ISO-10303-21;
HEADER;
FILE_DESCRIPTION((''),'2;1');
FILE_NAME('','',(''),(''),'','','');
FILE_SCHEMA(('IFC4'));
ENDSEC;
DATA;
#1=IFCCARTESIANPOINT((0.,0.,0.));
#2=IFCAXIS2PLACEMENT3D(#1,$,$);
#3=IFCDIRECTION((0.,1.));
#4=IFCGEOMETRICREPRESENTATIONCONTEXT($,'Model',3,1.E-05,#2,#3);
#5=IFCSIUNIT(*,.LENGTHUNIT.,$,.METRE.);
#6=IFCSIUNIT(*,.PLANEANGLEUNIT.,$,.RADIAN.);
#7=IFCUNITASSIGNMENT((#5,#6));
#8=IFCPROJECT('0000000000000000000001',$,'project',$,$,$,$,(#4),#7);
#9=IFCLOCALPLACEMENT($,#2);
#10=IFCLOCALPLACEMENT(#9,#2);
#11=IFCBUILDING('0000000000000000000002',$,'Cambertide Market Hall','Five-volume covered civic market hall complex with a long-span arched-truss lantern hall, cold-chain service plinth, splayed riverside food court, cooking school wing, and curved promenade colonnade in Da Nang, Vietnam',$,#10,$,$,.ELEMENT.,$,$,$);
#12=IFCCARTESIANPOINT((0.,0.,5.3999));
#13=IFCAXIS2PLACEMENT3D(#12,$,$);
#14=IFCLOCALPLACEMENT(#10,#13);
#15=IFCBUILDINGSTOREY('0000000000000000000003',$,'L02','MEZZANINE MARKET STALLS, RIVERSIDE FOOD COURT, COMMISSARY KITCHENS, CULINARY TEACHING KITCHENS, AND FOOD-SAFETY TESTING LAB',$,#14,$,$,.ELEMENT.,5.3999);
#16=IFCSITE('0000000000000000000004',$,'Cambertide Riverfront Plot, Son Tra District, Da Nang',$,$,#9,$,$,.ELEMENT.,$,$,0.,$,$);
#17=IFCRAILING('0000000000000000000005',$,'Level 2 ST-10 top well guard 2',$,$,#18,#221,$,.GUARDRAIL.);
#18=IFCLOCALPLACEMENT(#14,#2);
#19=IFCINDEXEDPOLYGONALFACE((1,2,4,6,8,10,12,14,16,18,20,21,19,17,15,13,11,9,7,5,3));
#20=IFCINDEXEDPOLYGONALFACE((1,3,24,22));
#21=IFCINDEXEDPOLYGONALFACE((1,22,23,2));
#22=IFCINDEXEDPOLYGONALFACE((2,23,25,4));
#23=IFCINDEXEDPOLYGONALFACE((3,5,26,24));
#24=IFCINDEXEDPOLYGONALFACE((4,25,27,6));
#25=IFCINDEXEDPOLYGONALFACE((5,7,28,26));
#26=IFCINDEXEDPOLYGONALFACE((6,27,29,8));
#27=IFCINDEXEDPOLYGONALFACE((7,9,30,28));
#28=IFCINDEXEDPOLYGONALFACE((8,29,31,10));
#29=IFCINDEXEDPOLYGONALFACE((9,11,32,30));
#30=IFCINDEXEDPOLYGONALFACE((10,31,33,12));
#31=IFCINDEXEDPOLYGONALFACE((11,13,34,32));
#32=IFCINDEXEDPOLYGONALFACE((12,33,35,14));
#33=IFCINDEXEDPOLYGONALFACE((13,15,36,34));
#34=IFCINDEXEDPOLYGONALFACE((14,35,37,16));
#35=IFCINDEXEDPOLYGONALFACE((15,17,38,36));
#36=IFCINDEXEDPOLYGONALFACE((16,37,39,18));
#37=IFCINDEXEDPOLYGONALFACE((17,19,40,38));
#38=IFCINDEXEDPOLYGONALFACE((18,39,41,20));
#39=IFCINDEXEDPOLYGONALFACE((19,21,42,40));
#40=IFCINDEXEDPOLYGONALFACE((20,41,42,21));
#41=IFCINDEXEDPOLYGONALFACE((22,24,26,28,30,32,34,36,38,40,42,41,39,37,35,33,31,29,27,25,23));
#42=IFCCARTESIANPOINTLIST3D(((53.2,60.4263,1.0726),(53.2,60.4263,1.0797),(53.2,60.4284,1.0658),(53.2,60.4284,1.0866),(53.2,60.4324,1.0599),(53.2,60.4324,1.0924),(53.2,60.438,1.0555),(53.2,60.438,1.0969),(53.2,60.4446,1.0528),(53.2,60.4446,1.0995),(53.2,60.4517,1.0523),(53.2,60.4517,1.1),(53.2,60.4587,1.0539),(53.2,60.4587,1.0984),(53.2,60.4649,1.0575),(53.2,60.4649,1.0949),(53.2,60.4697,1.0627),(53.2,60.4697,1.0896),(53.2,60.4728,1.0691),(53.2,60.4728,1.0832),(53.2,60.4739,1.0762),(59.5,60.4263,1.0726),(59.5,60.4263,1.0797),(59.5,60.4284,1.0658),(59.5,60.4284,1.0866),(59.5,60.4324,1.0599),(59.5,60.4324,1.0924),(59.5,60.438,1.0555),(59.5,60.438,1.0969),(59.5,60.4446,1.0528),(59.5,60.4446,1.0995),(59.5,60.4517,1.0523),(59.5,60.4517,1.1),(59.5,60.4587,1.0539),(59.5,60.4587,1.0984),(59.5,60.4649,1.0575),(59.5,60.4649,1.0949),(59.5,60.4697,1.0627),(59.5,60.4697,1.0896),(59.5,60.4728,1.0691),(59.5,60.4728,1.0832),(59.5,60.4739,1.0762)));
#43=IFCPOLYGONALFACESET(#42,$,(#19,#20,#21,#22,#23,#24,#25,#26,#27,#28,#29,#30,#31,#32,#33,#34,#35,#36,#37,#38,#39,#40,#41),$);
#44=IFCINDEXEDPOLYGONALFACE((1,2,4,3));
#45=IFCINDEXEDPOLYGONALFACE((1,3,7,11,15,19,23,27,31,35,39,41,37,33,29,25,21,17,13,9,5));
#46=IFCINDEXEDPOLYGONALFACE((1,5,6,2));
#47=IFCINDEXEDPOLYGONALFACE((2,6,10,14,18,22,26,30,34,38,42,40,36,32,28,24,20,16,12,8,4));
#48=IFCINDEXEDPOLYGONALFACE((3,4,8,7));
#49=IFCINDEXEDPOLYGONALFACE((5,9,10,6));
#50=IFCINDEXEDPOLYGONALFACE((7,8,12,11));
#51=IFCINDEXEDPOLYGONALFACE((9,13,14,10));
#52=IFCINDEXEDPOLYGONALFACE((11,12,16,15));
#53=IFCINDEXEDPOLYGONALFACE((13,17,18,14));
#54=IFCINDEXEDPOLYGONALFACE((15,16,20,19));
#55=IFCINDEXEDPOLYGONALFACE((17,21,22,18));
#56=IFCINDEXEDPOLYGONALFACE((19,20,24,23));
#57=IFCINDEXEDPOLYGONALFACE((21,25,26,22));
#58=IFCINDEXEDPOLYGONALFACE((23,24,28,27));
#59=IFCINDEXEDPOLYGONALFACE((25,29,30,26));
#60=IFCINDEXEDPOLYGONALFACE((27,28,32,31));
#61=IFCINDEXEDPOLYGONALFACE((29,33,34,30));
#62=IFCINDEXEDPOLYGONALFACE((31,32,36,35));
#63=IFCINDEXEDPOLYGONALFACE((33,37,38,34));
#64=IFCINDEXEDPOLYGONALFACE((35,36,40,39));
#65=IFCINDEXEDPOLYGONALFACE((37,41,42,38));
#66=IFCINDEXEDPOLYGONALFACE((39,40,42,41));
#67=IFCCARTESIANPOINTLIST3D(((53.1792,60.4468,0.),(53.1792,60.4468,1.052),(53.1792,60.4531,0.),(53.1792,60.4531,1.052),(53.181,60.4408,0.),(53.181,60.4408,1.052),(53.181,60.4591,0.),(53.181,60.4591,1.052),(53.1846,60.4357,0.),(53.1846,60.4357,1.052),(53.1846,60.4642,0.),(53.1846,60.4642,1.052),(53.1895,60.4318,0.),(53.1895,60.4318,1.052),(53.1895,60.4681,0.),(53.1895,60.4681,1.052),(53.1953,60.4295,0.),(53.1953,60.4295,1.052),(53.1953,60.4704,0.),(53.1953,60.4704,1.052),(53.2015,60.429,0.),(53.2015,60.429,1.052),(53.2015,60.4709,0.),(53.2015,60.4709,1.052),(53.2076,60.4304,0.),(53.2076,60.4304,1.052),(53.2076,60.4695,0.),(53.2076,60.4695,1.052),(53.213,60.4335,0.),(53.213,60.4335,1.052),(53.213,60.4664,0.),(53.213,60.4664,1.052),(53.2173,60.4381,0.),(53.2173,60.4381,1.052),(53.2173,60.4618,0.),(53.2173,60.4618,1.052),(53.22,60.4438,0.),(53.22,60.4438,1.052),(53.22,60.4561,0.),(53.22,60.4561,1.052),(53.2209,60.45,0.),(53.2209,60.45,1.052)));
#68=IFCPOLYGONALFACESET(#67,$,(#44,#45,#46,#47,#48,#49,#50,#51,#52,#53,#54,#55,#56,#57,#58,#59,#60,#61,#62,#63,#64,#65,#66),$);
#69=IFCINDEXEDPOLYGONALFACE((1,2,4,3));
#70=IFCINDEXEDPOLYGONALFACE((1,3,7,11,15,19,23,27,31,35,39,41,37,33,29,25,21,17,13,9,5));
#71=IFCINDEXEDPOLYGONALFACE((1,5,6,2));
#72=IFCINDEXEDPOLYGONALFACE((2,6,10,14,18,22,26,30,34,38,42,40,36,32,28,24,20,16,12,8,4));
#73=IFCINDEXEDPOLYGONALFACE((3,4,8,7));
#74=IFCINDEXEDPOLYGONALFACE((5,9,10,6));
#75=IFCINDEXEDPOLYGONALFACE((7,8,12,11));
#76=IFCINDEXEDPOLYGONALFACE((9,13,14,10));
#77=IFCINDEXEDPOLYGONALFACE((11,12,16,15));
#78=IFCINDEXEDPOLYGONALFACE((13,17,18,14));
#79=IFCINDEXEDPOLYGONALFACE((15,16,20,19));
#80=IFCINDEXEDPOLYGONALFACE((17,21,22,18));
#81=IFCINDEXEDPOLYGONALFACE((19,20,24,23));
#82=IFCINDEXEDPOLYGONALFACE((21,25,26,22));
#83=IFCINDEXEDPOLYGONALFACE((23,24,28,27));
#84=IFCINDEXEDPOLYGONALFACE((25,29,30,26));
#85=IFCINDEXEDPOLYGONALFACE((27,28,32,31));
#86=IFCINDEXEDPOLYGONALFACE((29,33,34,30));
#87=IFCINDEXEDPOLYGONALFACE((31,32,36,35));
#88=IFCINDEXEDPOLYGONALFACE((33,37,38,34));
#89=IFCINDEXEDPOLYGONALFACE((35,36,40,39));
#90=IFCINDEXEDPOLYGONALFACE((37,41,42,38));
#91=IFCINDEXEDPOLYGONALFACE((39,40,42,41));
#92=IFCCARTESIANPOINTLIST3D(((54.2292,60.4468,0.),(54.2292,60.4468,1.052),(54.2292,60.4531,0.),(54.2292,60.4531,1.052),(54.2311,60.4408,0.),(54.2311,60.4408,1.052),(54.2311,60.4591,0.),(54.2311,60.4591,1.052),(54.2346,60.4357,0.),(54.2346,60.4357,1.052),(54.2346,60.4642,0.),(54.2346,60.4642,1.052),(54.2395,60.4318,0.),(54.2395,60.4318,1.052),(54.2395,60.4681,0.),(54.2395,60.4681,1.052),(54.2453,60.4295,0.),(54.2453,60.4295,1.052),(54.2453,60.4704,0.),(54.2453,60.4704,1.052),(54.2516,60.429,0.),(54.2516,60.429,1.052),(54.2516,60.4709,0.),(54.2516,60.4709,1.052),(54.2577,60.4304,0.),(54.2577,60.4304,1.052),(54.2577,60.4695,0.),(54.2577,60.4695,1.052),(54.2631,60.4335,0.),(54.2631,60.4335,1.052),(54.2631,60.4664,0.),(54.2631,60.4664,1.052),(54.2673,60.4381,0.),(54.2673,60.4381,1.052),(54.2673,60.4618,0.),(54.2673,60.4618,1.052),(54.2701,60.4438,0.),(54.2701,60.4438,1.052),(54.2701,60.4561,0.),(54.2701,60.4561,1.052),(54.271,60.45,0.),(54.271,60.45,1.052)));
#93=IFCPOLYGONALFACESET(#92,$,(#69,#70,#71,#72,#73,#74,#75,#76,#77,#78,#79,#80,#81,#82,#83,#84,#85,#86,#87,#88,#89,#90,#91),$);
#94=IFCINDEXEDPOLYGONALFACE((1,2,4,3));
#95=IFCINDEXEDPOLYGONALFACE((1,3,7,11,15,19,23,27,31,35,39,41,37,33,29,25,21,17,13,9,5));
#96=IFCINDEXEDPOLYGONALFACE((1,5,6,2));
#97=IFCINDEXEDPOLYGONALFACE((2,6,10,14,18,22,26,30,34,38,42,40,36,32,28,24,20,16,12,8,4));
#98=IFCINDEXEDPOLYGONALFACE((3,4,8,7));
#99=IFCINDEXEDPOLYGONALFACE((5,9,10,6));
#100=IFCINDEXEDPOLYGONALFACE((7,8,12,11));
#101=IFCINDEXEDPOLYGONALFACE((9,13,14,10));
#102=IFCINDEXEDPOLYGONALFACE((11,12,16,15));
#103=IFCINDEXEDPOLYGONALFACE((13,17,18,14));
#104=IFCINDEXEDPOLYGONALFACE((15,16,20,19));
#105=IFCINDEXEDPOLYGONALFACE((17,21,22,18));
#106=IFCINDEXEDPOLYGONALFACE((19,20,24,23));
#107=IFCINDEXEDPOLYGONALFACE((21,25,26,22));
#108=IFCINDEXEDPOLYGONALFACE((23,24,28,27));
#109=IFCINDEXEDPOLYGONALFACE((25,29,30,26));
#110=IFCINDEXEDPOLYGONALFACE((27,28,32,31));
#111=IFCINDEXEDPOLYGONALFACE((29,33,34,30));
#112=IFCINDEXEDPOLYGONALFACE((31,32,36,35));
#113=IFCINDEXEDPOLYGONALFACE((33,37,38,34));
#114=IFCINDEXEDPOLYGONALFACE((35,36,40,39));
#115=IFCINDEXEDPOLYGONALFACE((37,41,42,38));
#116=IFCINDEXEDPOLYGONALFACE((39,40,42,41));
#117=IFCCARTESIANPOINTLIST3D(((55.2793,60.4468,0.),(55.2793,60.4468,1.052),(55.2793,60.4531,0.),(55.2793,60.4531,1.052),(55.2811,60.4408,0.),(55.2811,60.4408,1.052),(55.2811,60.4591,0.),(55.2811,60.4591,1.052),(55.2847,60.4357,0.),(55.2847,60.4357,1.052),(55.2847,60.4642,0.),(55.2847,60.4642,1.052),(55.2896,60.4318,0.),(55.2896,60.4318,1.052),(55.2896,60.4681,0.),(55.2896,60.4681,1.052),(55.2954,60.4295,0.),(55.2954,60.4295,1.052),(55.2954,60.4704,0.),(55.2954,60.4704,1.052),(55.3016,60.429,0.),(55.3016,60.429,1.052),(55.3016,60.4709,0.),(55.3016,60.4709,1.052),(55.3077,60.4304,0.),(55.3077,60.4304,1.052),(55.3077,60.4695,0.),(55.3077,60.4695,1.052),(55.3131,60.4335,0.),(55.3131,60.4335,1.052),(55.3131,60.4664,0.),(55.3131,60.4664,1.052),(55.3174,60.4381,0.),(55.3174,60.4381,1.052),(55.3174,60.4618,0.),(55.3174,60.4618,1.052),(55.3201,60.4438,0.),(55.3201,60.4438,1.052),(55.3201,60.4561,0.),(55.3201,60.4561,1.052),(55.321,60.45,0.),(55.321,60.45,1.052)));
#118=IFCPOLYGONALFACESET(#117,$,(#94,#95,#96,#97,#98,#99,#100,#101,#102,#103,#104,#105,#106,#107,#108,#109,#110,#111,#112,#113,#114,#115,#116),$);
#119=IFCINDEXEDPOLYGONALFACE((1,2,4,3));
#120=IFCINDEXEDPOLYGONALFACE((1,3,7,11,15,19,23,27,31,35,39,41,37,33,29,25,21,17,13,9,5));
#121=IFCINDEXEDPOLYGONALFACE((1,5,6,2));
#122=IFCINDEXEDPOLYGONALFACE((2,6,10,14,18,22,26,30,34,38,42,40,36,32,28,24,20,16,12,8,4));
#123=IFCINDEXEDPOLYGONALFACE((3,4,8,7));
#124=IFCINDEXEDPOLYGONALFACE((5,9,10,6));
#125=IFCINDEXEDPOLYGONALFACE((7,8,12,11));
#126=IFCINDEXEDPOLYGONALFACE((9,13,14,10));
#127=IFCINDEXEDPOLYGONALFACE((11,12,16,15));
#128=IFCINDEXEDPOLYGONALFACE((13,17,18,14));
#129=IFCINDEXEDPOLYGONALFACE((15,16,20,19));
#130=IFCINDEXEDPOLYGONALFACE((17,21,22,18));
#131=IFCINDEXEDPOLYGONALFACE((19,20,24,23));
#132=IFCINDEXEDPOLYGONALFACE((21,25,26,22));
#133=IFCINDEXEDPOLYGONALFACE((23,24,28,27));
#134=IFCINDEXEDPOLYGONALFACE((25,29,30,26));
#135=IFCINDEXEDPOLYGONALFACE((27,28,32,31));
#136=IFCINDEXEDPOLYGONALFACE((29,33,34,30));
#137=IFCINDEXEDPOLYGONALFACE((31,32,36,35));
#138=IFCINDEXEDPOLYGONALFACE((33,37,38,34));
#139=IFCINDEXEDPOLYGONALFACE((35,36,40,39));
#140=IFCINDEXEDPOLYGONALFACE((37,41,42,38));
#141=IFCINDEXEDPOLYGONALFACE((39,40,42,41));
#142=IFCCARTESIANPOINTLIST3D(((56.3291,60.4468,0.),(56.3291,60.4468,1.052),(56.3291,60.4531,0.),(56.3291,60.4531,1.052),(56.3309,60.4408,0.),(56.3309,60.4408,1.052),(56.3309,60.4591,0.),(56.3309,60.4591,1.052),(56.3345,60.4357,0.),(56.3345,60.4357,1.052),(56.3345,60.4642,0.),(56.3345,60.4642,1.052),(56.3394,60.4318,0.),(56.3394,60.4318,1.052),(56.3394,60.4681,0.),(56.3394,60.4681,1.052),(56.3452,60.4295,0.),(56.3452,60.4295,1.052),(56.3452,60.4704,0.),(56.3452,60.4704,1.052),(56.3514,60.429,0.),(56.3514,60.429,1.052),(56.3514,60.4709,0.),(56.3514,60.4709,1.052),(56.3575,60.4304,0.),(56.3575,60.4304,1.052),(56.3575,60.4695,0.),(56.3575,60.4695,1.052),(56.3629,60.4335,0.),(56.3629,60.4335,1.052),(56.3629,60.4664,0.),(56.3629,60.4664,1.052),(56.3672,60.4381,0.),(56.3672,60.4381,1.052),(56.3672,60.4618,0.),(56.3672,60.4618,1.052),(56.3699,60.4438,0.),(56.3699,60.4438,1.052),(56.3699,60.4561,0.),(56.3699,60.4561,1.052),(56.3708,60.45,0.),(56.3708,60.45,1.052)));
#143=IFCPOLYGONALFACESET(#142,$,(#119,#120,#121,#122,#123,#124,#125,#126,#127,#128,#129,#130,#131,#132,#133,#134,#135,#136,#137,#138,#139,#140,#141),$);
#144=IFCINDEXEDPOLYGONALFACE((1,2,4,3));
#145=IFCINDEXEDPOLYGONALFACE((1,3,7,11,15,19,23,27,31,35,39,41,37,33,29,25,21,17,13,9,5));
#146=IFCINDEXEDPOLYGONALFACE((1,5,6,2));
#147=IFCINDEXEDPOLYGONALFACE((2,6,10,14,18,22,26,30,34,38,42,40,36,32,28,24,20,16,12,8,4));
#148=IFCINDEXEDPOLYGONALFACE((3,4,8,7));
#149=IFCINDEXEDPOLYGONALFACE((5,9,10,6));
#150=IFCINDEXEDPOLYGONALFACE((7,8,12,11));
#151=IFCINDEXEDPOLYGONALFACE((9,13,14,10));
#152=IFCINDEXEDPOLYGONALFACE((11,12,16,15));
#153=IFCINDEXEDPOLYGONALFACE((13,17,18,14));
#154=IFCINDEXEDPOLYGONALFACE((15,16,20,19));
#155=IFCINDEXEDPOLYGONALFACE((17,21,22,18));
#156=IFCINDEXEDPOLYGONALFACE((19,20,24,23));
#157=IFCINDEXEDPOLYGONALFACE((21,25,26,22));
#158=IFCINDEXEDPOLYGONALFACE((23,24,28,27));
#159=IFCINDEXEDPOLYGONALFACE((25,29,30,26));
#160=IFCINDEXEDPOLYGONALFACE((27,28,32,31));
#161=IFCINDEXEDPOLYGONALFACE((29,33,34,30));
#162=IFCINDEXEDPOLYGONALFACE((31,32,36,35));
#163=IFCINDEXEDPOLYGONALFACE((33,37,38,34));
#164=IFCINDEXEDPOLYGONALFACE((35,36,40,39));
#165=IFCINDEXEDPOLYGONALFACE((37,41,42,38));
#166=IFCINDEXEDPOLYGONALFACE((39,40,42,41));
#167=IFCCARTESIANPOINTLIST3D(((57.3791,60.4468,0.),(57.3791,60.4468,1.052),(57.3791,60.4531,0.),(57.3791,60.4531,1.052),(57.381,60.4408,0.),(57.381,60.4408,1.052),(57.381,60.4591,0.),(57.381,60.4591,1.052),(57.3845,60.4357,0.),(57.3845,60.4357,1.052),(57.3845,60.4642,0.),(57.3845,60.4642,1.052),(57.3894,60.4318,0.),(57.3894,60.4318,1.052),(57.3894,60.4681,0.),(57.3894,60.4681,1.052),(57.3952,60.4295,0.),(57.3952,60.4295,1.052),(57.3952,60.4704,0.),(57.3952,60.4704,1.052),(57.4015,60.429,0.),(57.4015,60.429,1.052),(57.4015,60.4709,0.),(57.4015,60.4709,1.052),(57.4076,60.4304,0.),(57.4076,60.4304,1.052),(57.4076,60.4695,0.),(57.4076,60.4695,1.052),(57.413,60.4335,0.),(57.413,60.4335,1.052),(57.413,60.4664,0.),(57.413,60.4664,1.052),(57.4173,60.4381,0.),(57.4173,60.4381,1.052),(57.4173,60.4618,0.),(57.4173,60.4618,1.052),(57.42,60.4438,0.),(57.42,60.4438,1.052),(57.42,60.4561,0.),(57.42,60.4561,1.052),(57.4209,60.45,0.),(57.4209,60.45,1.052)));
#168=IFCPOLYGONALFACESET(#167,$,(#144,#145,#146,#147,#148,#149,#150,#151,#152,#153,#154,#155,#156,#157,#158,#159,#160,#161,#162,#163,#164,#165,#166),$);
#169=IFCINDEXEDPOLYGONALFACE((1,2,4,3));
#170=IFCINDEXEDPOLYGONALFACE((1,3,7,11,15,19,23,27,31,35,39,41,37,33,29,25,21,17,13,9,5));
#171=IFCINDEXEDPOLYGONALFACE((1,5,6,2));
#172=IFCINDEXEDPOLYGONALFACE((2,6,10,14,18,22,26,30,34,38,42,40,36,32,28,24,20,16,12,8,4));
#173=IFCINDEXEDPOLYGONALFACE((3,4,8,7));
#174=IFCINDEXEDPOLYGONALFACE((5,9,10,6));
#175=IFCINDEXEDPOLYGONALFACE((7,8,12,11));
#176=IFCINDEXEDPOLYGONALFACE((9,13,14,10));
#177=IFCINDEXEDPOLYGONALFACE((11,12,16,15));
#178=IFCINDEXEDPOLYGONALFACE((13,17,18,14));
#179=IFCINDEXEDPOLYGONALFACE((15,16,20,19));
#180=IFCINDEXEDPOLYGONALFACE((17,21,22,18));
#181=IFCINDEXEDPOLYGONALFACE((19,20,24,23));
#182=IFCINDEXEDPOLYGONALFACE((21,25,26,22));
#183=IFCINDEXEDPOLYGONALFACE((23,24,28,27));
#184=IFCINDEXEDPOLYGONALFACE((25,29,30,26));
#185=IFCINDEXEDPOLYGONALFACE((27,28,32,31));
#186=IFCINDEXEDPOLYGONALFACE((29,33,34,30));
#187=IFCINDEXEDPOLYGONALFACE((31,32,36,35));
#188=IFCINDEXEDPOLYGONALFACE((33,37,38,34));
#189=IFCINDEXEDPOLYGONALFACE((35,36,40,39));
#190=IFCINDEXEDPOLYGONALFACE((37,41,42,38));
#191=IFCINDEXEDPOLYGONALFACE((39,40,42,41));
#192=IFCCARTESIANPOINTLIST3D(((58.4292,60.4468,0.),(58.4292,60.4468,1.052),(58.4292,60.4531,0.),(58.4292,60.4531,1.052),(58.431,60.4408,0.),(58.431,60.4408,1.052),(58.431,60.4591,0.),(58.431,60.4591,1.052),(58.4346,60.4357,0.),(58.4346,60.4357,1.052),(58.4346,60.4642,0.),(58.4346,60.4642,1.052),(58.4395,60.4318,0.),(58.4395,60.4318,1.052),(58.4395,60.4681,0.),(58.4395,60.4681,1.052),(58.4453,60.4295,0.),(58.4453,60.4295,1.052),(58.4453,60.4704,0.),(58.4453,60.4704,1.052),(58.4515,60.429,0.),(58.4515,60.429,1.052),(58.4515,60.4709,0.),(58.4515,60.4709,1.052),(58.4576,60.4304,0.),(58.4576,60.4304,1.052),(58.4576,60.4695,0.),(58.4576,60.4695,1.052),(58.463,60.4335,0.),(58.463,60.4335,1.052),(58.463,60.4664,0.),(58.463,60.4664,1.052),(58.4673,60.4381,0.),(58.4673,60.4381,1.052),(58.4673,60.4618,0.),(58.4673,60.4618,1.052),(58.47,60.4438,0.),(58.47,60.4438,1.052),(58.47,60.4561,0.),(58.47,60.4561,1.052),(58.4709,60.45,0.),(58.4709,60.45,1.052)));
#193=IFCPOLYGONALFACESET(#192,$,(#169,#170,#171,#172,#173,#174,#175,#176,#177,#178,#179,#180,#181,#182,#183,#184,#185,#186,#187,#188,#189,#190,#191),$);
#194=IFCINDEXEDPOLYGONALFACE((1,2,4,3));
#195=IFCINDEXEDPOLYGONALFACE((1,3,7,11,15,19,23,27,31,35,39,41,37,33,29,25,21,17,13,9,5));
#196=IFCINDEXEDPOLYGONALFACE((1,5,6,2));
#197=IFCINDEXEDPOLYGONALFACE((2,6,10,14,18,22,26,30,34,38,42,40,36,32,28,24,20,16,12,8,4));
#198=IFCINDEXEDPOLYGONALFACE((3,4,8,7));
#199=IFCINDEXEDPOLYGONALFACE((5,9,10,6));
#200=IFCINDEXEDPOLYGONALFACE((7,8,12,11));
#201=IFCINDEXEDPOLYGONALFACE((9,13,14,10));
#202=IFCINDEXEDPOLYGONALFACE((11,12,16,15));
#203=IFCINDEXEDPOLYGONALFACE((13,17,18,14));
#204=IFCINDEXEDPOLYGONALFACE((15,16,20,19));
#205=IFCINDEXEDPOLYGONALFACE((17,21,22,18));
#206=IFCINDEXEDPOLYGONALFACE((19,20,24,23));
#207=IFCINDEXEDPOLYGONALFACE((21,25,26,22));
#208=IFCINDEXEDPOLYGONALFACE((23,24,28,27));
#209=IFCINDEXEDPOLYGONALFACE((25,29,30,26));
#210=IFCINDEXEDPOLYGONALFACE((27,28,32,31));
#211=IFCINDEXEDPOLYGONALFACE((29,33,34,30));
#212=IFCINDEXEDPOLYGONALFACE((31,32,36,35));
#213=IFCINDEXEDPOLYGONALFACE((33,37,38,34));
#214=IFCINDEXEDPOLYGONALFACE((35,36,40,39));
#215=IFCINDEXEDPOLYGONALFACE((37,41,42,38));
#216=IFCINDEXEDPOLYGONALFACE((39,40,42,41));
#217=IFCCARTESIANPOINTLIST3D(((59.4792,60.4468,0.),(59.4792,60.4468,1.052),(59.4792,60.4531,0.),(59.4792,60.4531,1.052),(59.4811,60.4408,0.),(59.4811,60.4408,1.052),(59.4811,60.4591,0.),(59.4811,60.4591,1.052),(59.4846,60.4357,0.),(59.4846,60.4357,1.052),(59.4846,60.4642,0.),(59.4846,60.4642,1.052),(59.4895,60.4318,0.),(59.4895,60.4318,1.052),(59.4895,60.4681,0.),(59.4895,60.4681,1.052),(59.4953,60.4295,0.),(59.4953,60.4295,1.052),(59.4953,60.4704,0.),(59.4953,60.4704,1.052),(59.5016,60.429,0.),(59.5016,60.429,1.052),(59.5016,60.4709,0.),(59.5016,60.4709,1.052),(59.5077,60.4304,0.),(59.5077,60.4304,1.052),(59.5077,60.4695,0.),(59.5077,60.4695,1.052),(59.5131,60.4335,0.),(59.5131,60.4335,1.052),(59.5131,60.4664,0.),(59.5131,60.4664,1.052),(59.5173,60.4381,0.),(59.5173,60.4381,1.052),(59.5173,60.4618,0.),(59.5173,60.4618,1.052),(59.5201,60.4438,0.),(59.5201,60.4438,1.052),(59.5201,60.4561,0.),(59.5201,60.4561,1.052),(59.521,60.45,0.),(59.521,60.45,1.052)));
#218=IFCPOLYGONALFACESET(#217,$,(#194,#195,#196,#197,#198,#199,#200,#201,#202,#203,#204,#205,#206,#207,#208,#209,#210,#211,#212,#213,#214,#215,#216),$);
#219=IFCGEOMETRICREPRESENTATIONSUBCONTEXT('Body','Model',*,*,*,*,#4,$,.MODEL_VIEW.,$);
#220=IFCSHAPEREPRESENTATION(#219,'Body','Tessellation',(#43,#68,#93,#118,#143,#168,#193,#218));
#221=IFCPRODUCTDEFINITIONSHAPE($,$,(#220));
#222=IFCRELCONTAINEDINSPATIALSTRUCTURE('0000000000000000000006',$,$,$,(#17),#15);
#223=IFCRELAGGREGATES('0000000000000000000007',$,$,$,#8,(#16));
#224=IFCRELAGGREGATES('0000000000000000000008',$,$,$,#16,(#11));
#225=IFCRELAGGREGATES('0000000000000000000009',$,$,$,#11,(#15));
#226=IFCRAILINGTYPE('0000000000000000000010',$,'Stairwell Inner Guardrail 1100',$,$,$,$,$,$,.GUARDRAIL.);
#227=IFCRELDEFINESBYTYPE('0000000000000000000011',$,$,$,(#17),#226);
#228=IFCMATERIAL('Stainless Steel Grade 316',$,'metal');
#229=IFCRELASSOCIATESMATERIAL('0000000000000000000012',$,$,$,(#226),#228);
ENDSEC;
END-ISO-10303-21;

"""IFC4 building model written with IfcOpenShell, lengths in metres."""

from ifc_helpers import new_model, si_unit, direction, frame, origin, origin_2d, place, context, subcontext, project, spatial, circle, extrude, material, type_object, element, save


model = new_model("IFC4")

# Units and contexts
model_context = context("Model", 3, precision=1e-05, world=origin(), true_north=direction((0.0, 1.0)))
body_context = subcontext(model_context, "Body", "Model", "MODEL_VIEW")
ifc_project = project(units=[si_unit("LENGTHUNIT", "METRE"), si_unit("PLANEANGLEUNIT", "RADIAN")], contexts=[model_context])

# Site, building, storey
site_placement = place(None, origin())
site = spatial("IfcSite", under=ifc_project, at=site_placement, Name="Cambertide Riverfront Plot, Son Tra District, Da Nang", CompositionType="ELEMENT", RefElevation=0.0)
building_placement = place(site_placement, origin())
building = spatial("IfcBuilding", under=site, at=building_placement, Name="Cambertide Market Hall", Description="Five-volume covered civic market hall complex with a long-span arched-truss lantern hall, cold-chain service plinth, splayed riverside food court, cooking school wing, and curved promenade colonnade in Da Nang, Vietnam", CompositionType="ELEMENT")
storey_placement = place(building_placement, frame((0.0, 0.0, 5.3999)))
storey = spatial("IfcBuildingStorey", under=building, at=storey_placement, Name="L02", Description="MEZZANINE MARKET STALLS, RIVERSIDE FOOD COURT, COMMISSARY KITCHENS, CULINARY TEACHING KITCHENS, AND FOOD-SAFETY TESTING LAB", CompositionType="ELEMENT", Elevation=5.3999)

# Railing
ifc_material_1 = material(Name="Stainless Steel Grade 316", Category="metal")
railing_type = type_object("IfcRailingType", Name="Stairwell Inner Guardrail 1100", PredefinedType="GUARDRAIL", material=ifc_material_1)
railing_1_placement = place(storey_placement, frame((53.2, 60.45, 0.0)))
element("IfcRailing", 1, at=railing_1_placement, inside=storey, type_object=railing_type, Name="Level 2 ST-10 top well guard 2", PredefinedType="GUARDRAIL", context=body_context, shape_type="SweptSolid", body=[
    extrude(circle(Radius=0.0239, at=origin_2d()), frame((0.0, 0.0, 1.0762), z_axis=(1.0, 0.0, 0.0), x_axis=(0.0, 1.0, 0.0)), (0.0, 0.0, 1.0), 6.3),
    extrude(circle(Radius=0.021, at=origin_2d()), origin(), (0.0, 0.0, 1.0), 1.052),
    extrude(circle(Radius=0.021, at=origin_2d()), frame((1.05, 0.0, 0.0)), (0.0, 0.0, 1.0), 1.052),
    extrude(circle(Radius=0.021, at=origin_2d()), frame((2.1001, 0.0, 0.0)), (0.0, 0.0, 1.0), 1.052),
    extrude(circle(Radius=0.021, at=origin_2d()), frame((3.1499, 0.0, 0.0)), (0.0, 0.0, 1.0), 1.052),
    extrude(circle(Radius=0.021, at=origin_2d()), frame((4.2, 0.0, 0.0)), (0.0, 0.0, 1.0), 1.052),
    extrude(circle(Radius=0.021, at=origin_2d()), frame((5.25, 0.0, 0.0)), (0.0, 0.0, 1.0), 1.052),
    extrude(circle(Radius=0.021, at=origin_2d()), frame((6.3, 0.0, 0.0)), (0.0, 0.0, 1.0), 1.052),
])

save(model, "model.ifc")
